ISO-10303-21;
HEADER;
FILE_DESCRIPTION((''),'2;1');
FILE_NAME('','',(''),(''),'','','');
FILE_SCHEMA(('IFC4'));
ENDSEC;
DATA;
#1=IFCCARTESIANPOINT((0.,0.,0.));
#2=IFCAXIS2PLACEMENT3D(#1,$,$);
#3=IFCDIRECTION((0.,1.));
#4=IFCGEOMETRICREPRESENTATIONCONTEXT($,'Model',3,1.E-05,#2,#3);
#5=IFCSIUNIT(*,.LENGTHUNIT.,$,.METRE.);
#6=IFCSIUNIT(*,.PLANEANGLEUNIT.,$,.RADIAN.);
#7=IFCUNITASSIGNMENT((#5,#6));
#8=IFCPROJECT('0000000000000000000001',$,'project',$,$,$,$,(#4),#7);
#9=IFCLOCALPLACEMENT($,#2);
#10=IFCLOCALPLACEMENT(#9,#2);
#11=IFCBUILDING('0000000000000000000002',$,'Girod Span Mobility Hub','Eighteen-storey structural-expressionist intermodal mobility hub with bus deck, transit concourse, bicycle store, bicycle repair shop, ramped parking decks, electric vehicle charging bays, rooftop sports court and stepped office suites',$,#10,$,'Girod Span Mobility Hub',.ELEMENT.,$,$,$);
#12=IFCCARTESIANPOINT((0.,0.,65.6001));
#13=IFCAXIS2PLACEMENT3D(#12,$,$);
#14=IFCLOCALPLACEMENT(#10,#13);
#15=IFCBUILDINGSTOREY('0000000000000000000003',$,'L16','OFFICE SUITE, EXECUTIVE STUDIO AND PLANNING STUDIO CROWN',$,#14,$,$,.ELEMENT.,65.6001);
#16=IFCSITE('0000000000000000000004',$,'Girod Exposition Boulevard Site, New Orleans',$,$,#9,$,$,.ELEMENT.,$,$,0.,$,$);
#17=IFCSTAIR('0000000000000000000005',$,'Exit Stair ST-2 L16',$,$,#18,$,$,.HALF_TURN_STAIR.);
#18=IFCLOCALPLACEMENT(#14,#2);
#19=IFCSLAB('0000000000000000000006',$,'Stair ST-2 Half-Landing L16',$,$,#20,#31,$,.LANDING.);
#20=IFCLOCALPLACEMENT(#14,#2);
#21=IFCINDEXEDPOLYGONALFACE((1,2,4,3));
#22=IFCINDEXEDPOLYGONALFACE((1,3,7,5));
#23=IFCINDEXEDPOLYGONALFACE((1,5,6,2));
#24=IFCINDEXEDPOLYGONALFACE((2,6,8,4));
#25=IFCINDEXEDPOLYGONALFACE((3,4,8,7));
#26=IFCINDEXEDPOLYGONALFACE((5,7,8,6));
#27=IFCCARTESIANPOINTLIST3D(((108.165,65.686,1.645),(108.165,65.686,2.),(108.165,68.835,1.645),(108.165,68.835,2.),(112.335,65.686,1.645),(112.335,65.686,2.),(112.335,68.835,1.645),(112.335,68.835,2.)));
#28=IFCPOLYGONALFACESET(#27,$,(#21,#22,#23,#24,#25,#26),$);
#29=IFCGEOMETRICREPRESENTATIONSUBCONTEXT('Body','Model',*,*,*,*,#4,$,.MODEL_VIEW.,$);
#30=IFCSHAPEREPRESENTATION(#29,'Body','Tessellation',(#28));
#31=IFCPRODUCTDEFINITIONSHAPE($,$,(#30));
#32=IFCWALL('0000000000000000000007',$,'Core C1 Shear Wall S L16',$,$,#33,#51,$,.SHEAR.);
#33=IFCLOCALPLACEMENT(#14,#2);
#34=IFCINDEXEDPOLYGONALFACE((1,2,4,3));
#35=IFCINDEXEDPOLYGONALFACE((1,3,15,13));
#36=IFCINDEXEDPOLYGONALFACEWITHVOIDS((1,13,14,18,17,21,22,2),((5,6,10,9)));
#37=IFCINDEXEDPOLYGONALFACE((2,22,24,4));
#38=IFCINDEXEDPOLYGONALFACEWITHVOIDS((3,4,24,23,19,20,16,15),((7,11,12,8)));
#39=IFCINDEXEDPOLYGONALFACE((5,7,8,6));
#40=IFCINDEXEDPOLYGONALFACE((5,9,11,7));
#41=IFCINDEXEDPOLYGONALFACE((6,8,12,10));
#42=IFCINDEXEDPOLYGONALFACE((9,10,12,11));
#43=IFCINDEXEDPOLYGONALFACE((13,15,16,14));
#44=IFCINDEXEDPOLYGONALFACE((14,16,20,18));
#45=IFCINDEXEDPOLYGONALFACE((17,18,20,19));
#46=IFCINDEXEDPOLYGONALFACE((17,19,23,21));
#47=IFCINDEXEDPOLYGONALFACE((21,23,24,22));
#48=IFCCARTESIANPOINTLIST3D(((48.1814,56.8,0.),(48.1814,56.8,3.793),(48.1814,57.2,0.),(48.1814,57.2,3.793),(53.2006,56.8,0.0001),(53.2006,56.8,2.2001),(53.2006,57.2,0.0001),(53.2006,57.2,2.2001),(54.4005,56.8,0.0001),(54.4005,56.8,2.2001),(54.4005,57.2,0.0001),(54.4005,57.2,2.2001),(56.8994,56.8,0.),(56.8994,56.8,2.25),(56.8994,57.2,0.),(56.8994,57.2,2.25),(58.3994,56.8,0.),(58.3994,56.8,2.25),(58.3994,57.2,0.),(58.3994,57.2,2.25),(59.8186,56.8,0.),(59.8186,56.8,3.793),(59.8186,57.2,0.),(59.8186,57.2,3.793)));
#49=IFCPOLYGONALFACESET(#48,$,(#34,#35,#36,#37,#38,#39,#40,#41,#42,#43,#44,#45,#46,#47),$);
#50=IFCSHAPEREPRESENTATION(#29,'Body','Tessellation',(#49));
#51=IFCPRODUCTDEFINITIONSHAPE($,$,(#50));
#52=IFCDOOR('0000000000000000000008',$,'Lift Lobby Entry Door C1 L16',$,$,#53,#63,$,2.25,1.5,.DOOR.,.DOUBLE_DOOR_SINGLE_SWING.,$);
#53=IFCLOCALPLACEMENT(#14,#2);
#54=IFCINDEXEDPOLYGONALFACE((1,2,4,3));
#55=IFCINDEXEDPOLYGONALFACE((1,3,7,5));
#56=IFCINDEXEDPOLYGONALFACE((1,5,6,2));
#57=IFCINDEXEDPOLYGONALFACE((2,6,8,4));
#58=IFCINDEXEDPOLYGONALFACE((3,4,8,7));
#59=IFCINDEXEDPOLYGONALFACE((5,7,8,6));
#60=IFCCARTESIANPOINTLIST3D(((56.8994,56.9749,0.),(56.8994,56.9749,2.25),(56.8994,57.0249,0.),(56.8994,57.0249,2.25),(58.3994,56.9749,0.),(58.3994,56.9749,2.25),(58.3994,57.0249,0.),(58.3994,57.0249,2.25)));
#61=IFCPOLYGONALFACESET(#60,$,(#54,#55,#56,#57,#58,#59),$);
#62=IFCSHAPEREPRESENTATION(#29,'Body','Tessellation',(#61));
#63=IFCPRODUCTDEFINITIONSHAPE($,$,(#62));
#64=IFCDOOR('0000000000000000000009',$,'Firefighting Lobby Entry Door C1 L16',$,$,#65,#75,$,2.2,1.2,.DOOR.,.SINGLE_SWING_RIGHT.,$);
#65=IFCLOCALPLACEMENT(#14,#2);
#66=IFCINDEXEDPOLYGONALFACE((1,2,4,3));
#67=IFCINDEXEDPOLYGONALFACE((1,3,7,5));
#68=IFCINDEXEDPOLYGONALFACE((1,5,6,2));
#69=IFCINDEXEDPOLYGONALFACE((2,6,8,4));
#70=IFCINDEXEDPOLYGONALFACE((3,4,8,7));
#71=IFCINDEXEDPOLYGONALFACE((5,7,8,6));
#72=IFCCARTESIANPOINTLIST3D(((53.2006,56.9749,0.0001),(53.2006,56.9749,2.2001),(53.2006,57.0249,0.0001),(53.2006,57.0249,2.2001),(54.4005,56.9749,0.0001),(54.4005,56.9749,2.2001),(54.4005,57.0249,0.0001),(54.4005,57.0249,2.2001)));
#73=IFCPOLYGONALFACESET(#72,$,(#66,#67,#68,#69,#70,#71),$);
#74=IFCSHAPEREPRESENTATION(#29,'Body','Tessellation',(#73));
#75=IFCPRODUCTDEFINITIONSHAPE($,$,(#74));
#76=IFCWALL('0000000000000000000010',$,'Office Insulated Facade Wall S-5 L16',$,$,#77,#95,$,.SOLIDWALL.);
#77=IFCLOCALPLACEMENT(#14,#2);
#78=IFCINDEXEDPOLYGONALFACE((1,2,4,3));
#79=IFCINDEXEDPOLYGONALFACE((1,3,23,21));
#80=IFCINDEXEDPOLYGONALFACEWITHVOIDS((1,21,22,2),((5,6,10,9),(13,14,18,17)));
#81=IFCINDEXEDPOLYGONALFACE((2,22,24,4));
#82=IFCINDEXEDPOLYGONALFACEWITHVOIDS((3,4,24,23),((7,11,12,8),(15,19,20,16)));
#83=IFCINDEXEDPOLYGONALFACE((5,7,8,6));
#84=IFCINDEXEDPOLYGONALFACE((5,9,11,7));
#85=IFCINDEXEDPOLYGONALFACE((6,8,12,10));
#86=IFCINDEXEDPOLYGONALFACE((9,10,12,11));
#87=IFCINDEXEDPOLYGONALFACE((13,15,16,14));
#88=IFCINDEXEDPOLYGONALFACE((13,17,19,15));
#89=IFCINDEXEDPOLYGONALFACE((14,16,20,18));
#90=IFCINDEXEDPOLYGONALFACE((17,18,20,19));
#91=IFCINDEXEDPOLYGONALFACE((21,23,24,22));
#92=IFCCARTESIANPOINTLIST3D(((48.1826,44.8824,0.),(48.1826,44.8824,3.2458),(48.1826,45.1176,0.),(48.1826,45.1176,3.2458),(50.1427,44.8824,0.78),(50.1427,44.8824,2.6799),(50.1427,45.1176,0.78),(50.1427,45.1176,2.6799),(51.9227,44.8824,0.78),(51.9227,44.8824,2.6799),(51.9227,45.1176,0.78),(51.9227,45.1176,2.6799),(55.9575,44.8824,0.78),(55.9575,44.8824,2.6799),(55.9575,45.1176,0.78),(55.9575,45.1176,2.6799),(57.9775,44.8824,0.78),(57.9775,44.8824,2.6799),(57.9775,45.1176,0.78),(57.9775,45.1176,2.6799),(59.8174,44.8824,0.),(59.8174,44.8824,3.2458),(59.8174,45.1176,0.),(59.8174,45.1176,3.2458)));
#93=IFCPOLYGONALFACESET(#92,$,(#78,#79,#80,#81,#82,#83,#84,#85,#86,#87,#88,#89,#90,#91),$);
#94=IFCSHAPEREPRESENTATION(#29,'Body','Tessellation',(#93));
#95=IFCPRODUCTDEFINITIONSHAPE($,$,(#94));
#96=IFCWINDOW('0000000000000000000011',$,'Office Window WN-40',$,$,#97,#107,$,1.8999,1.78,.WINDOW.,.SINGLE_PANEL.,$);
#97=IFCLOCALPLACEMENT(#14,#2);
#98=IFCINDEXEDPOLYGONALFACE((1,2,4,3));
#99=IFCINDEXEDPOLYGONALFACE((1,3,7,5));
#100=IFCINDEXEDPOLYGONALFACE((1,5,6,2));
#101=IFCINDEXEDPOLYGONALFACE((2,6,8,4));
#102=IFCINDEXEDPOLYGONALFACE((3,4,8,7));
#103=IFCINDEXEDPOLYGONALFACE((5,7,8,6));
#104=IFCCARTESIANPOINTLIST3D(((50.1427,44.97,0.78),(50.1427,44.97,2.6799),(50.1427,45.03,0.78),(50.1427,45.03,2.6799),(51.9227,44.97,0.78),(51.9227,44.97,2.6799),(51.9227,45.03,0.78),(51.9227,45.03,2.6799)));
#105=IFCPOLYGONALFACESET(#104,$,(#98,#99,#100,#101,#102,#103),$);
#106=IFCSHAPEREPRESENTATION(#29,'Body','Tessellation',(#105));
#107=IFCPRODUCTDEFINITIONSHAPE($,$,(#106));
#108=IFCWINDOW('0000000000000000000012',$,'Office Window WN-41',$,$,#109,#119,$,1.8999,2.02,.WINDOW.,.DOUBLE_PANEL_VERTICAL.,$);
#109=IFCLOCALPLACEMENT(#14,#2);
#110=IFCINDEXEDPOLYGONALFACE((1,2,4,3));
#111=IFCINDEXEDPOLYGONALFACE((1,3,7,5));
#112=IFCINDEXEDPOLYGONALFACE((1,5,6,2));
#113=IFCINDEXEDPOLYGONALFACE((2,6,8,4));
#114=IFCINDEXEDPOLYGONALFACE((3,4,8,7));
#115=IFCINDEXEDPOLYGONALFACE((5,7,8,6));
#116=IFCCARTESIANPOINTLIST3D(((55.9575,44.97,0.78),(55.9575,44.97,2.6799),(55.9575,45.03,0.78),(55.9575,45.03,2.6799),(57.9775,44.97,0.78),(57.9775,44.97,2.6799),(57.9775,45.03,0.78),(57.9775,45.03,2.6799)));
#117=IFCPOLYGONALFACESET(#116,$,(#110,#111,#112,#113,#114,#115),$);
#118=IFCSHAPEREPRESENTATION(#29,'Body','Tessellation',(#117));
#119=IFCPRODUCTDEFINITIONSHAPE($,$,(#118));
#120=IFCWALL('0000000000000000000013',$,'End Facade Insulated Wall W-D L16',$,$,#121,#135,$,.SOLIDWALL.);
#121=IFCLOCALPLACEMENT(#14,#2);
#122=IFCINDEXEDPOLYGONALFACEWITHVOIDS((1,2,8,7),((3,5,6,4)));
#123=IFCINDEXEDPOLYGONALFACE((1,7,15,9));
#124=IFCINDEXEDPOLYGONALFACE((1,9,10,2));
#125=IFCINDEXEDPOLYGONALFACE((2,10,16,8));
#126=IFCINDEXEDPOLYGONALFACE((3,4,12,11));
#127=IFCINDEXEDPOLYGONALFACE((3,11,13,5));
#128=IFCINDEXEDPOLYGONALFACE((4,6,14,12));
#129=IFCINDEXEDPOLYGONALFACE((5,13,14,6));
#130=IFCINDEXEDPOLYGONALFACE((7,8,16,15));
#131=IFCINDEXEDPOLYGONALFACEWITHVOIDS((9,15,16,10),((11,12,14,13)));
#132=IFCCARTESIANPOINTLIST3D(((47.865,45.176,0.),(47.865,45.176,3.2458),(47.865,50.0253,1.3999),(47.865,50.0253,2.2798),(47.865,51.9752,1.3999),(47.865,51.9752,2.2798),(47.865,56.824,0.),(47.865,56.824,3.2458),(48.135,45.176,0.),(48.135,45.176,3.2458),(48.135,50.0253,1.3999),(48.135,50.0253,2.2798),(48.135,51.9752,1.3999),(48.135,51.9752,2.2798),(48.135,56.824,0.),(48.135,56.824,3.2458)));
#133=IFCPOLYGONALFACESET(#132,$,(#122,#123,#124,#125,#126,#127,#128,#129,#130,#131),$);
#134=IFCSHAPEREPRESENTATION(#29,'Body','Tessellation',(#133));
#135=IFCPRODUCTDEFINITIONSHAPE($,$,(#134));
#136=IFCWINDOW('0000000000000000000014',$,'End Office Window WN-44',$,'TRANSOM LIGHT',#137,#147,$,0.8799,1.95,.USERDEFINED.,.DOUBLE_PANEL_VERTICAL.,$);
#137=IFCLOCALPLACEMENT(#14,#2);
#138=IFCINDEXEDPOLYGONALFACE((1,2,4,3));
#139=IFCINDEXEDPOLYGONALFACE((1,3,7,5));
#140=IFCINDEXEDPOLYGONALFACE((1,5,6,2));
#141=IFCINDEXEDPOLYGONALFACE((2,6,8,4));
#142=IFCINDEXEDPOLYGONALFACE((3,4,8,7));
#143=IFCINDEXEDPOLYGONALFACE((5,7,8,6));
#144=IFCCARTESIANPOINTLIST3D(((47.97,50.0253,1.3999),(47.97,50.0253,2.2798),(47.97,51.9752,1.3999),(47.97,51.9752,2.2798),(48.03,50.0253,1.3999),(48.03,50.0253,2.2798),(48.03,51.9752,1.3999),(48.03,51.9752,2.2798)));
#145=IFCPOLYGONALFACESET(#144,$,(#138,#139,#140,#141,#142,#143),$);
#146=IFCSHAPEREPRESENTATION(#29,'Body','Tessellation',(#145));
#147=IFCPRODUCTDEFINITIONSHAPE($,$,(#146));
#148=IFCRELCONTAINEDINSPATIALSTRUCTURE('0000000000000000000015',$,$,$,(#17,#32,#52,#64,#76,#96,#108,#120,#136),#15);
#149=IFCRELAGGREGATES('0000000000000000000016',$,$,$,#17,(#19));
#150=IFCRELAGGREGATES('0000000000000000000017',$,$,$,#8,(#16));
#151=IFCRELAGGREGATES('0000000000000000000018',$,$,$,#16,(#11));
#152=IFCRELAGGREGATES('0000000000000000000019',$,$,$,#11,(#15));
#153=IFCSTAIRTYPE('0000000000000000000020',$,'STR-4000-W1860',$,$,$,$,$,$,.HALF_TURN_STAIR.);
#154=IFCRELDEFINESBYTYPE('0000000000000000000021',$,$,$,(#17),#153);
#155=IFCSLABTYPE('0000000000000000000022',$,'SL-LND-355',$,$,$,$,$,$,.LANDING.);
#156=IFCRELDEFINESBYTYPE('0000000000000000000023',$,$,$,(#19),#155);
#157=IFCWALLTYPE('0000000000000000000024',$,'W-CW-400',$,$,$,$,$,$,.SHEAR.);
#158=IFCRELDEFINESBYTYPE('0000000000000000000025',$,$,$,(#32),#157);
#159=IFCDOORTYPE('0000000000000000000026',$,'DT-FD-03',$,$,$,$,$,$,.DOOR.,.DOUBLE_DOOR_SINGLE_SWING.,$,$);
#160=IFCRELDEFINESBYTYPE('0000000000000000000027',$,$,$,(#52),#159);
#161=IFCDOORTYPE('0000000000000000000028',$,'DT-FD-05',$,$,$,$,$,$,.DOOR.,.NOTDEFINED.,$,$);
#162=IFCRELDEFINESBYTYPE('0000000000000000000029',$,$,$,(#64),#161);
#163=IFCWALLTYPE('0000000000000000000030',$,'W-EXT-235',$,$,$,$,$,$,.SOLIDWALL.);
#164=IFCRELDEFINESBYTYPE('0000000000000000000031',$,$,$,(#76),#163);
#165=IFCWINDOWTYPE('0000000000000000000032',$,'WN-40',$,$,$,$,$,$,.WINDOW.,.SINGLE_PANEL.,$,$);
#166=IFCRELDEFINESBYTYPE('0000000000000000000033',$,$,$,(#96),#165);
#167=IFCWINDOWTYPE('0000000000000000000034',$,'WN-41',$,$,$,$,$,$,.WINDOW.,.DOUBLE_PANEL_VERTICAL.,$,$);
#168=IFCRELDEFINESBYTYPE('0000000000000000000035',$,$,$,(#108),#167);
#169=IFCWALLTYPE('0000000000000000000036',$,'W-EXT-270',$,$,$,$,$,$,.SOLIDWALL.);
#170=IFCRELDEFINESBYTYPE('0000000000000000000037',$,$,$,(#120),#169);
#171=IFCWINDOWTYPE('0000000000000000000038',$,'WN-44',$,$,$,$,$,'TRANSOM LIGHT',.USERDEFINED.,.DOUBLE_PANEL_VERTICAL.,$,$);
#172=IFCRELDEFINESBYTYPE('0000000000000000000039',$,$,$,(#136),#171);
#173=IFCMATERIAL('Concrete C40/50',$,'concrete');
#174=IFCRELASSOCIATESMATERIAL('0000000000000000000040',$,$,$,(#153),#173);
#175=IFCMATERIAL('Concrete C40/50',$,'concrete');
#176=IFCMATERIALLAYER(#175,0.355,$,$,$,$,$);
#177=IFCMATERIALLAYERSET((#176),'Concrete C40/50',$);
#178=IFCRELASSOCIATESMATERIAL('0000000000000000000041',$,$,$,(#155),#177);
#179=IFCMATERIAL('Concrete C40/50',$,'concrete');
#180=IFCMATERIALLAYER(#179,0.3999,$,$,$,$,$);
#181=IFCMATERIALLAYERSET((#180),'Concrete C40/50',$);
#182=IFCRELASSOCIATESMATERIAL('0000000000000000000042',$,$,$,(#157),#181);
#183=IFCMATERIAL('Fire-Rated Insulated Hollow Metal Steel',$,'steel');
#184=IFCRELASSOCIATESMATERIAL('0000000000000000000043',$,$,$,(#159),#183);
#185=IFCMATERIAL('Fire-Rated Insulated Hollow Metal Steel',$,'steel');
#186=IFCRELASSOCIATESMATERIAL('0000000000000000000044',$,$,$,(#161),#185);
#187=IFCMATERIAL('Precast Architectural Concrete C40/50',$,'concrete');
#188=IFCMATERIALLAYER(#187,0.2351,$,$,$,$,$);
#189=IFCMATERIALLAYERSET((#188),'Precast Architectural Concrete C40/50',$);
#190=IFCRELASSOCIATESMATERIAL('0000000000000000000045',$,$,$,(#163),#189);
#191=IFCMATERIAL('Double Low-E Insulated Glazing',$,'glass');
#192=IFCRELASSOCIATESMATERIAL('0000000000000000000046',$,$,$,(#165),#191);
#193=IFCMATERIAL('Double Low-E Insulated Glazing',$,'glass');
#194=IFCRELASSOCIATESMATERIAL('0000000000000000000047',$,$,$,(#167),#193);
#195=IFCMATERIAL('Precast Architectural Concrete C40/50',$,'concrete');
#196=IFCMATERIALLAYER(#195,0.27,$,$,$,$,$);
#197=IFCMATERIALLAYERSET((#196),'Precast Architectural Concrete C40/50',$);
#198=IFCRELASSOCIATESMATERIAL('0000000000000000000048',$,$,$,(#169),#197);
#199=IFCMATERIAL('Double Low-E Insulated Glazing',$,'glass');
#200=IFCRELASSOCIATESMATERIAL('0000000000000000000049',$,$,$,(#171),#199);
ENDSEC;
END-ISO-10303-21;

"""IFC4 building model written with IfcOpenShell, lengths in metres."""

from ifc_helpers import new_model, si_unit, direction, frame, frame_2d, origin, place, context, subcontext, project, spatial, polyline, rectangle, outline, extrude, material, layer, layer_set, type_object, element, fill, aggregate, save


model = new_model("IFC4")

# Units and contexts
model_context = context("Model", 3, precision=1e-05, world=origin(), true_north=direction((0.0, 1.0)))
body_context = subcontext(model_context, "Body", "Model", "MODEL_VIEW")
ifc_project = project(units=[si_unit("LENGTHUNIT", "METRE"), si_unit("PLANEANGLEUNIT", "RADIAN")], contexts=[model_context])

# Site, building, storey
site_placement = place(None, origin())
site = spatial("IfcSite", under=ifc_project, at=site_placement, Name="Girod Exposition Boulevard Site, New Orleans", CompositionType="ELEMENT", RefElevation=0.0)
building_placement = place(site_placement, origin())
building = spatial("IfcBuilding", under=site, at=building_placement, Name="Girod Span Mobility Hub", Description="Eighteen-storey structural-expressionist intermodal mobility hub with bus deck, transit concourse, bicycle store, bicycle repair shop, ramped parking decks, electric vehicle charging bays, rooftop sports court and stepped office suites", LongName="Girod Span Mobility Hub", CompositionType="ELEMENT")
storey_placement = place(building_placement, frame((0.0, 0.0, 65.6001)))
storey = spatial("IfcBuildingStorey", under=building, at=storey_placement, Name="L16", Description="OFFICE SUITE, EXECUTIVE STUDIO AND PLANNING STUDIO CROWN", CompositionType="ELEMENT", Elevation=65.6001)

# Stair, slab
ifc_material_1 = material(Name="Concrete C40/50", Category="concrete")
stair_type = type_object("IfcStairType", Name="STR-4000-W1860", PredefinedType="HALF_TURN_STAIR", material=ifc_material_1)
ifc_material_2 = material(Name="Concrete C40/50", Category="concrete")
ifc_layer_1 = layer(ifc_material_2, 0.355)
ifc_layer_set_1 = layer_set([ifc_layer_1], Name="Concrete C40/50")
slab_type_1 = type_object("IfcSlabType", Name="SL-LND-355", PredefinedType="LANDING", material=ifc_layer_set_1)
stair_1_placement = place(storey_placement, origin())
stair_1 = element("IfcStair", 1, at=stair_1_placement, inside=storey, type_object=stair_type, Name="Exit Stair ST-2 L16", PredefinedType="HALF_TURN_STAIR")
slab_1_placement = place(storey_placement, frame((0.0, 0.0, 1.645)))
slab_1 = element("IfcSlab", 2, at=slab_1_placement, type_object=slab_type_1, Name="Stair ST-2 Half-Landing L16", PredefinedType="LANDING", context=body_context, shape_type="SweptSolid", body=[
    extrude(outline(polyline([(112.335, 65.686), (112.335, 68.835), (108.165, 68.835), (108.165, 65.686), (112.335, 65.686)])), origin(), (0.0, 0.0, 1.0), 0.355),
])
aggregate(stair_1, [slab_1])

# Wall, openings, doors
ifc_material_3 = material(Name="Concrete C40/50", Category="concrete")
ifc_layer_2 = layer(ifc_material_3, 0.3999)
ifc_layer_set_2 = layer_set([ifc_layer_2], Name="Concrete C40/50")
wall_type_1 = type_object("IfcWallType", Name="W-CW-400", PredefinedType="SHEAR", material=ifc_layer_set_2)
wall_1_placement = place(storey_placement, frame((48.1814, 57.0, 0.0), z_axis=(0.0, 0.0, 1.0), x_axis=(1.0, 0.0, 0.0)))
wall_1 = element("IfcWall", 3, at=wall_1_placement, inside=storey, type_object=wall_type_1, Name="Core C1 Shear Wall S L16", PredefinedType="SHEAR", context=body_context, shape_type="SweptSolid", body=[
    extrude(rectangle(XDim=11.6372, YDim=0.3999, at=frame_2d((5.8186, 0.0))), origin(), (0.0, 0.0, 1.0), 3.793),
])
opening_1_placement = place(wall_1_placement, frame((5.019, 0.0, 0.0)))
opening_1 = element("IfcOpeningElement", 4, at=opening_1_placement, cuts=wall_1, PredefinedType="OPENING", context=body_context, shape_type="SweptSolid", body=[
    extrude(rectangle(XDim=1.2, YDim=2.2, at=frame_2d((0.6001, 1.1001))), frame((0.0, 0.2148, 0.0), z_axis=(0.0, -1.0, 0.0), x_axis=(1.0, 0.0, 0.0)), (0.0, 0.0, 1.0), 0.4299),
])
opening_2_placement = place(wall_1_placement, frame((8.718, 0.0, 0.0)))
opening_2 = element("IfcOpeningElement", 5, at=opening_2_placement, cuts=wall_1, PredefinedType="OPENING", context=body_context, shape_type="SweptSolid", body=[
    extrude(rectangle(XDim=1.5, YDim=2.25, at=frame_2d((0.75, 1.125))), frame((0.0, 0.2148, 0.0), z_axis=(0.0, -1.0, 0.0), x_axis=(1.0, 0.0, 0.0)), (0.0, 0.0, 1.0), 0.4299),
])
ifc_material_4 = material(Name="Fire-Rated Insulated Hollow Metal Steel", Category="steel")
door_type_1 = type_object("IfcDoorType", Name="DT-FD-03", OperationType="DOUBLE_DOOR_SINGLE_SWING", PredefinedType="DOOR", material=ifc_material_4)
door_1_placement = place(opening_2_placement, origin())
door_1 = element("IfcDoor", 6, at=door_1_placement, inside=storey, type_object=door_type_1, Name="Lift Lobby Entry Door C1 L16", OperationType="DOUBLE_DOOR_SINGLE_SWING", OverallHeight=2.25, OverallWidth=1.5, PredefinedType="DOOR", context=body_context, shape_type="SweptSolid", body=[
    extrude(rectangle(XDim=1.5, YDim=2.25, at=frame_2d((0.75, 1.125))), frame((0.0, 0.0249, 0.0), z_axis=(0.0, -1.0, 0.0), x_axis=(1.0, 0.0, 0.0)), (0.0, 0.0, 1.0), 0.05),
])
fill(opening_2, door_1)
ifc_material_5 = material(Name="Fire-Rated Insulated Hollow Metal Steel", Category="steel")
door_type_2 = type_object("IfcDoorType", Name="DT-FD-05", OperationType="NOTDEFINED", PredefinedType="DOOR", material=ifc_material_5)
door_2_placement = place(opening_1_placement, origin())
door_2 = element("IfcDoor", 7, at=door_2_placement, inside=storey, type_object=door_type_2, Name="Firefighting Lobby Entry Door C1 L16", OperationType="SINGLE_SWING_RIGHT", OverallHeight=2.2, OverallWidth=1.2, PredefinedType="DOOR", context=body_context, shape_type="SweptSolid", body=[
    extrude(rectangle(XDim=1.2, YDim=2.2, at=frame_2d((0.6001, 1.1001))), frame((0.0, 0.0249, 0.0), z_axis=(0.0, -1.0, 0.0), x_axis=(1.0, 0.0, 0.0)), (0.0, 0.0, 1.0), 0.05),
])
fill(opening_1, door_2)

# Wall, openings, windows
ifc_material_6 = material(Name="Precast Architectural Concrete C40/50", Category="concrete")
ifc_layer_3 = layer(ifc_material_6, 0.2351)
ifc_layer_set_3 = layer_set([ifc_layer_3], Name="Precast Architectural Concrete C40/50")
wall_type_2 = type_object("IfcWallType", Name="W-EXT-235", PredefinedType="SOLIDWALL", material=ifc_layer_set_3)
wall_2_placement = place(storey_placement, frame((48.1826, 45.0, 0.0), z_axis=(0.0, 0.0, 1.0), x_axis=(1.0, 0.0, 0.0)))
wall_2 = element("IfcWall", 8, at=wall_2_placement, inside=storey, type_object=wall_type_2, Name="Office Insulated Facade Wall S-5 L16", PredefinedType="SOLIDWALL", context=body_context, shape_type="SweptSolid", body=[
    extrude(rectangle(XDim=11.6348, YDim=0.2351, at=frame_2d((5.8174, 0.0))), origin(), (0.0, 0.0, 1.0), 3.2458),
])
opening_3_placement = place(wall_2_placement, frame((1.96, 0.0, 0.78)))
opening_3 = element("IfcOpeningElement", 9, at=opening_3_placement, cuts=wall_2, PredefinedType="OPENING", context=body_context, shape_type="SweptSolid", body=[
    extrude(rectangle(XDim=1.78, YDim=1.8999, at=frame_2d((0.8901, 0.95))), frame((0.0, 0.1326, 0.0), z_axis=(0.0, -1.0, 0.0), x_axis=(1.0, 0.0, 0.0)), (0.0, 0.0, 1.0), 0.2651),
])
opening_4_placement = place(wall_2_placement, frame((7.7749, 0.0, 0.78)))
opening_4 = element("IfcOpeningElement", 10, at=opening_4_placement, cuts=wall_2, PredefinedType="OPENING", context=body_context, shape_type="SweptSolid", body=[
    extrude(rectangle(XDim=2.02, YDim=1.8999, at=frame_2d((1.01, 0.95))), frame((0.0, 0.1326, 0.0), z_axis=(0.0, -1.0, 0.0), x_axis=(1.0, 0.0, 0.0)), (0.0, 0.0, 1.0), 0.2651),
])
ifc_material_7 = material(Name="Double Low-E Insulated Glazing", Category="glass")
window_type_1 = type_object("IfcWindowType", Name="WN-40", PartitioningType="SINGLE_PANEL", PredefinedType="WINDOW", material=ifc_material_7)
window_1_placement = place(opening_3_placement, origin())
window_1 = element("IfcWindow", 11, at=window_1_placement, inside=storey, type_object=window_type_1, Name="Office Window WN-40", OverallHeight=1.8999, OverallWidth=1.78, PartitioningType="SINGLE_PANEL", PredefinedType="WINDOW", context=body_context, shape_type="SweptSolid", body=[
    extrude(rectangle(XDim=1.78, YDim=1.8999, at=frame_2d((0.8901, 0.95))), frame((0.0, 0.03, 0.0), z_axis=(0.0, -1.0, 0.0), x_axis=(1.0, 0.0, 0.0)), (0.0, 0.0, 1.0), 0.0601),
])
fill(opening_3, window_1)
ifc_material_8 = material(Name="Double Low-E Insulated Glazing", Category="glass")
window_type_2 = type_object("IfcWindowType", Name="WN-41", PartitioningType="DOUBLE_PANEL_VERTICAL", PredefinedType="WINDOW", material=ifc_material_8)
window_2_placement = place(opening_4_placement, origin())
window_2 = element("IfcWindow", 12, at=window_2_placement, inside=storey, type_object=window_type_2, Name="Office Window WN-41", OverallHeight=1.8999, OverallWidth=2.02, PartitioningType="DOUBLE_PANEL_VERTICAL", PredefinedType="WINDOW", context=body_context, shape_type="SweptSolid", body=[
    extrude(rectangle(XDim=2.02, YDim=1.8999, at=frame_2d((1.01, 0.95))), frame((0.0, 0.03, 0.0), z_axis=(0.0, -1.0, 0.0), x_axis=(1.0, 0.0, 0.0)), (0.0, 0.0, 1.0), 0.0601),
])
fill(opening_4, window_2)

# Wall, opening, window
ifc_material_9 = material(Name="Precast Architectural Concrete C40/50", Category="concrete")
ifc_layer_4 = layer(ifc_material_9, 0.27)
ifc_layer_set_4 = layer_set([ifc_layer_4], Name="Precast Architectural Concrete C40/50")
wall_type_3 = type_object("IfcWallType", Name="W-EXT-270", PredefinedType="SOLIDWALL", material=ifc_layer_set_4)
wall_3_placement = place(storey_placement, frame((48.0, 45.176, 0.0), z_axis=(0.0, 0.0, 1.0), x_axis=(0.0, 1.0, 0.0)))
wall_3 = element("IfcWall", 13, at=wall_3_placement, inside=storey, type_object=wall_type_3, Name="End Facade Insulated Wall W-D L16", PredefinedType="SOLIDWALL", context=body_context, shape_type="SweptSolid", body=[
    extrude(rectangle(XDim=11.6479, YDim=0.27, at=frame_2d((5.824, 0.0))), origin(), (0.0, 0.0, 1.0), 3.2458),
])
opening_5_placement = place(wall_3_placement, frame((4.8491, 0.0, 1.3999)))
opening_5 = element("IfcOpeningElement", 14, at=opening_5_placement, cuts=wall_3, PredefinedType="OPENING", context=body_context, shape_type="SweptSolid", body=[
    extrude(rectangle(XDim=1.95, YDim=0.8799, at=frame_2d((0.9751, 0.4399))), frame((0.0, 0.1499, 0.0), z_axis=(0.0, -1.0, 0.0), x_axis=(1.0, 0.0, 0.0)), (0.0, 0.0, 1.0), 0.3),
])
ifc_material_10 = material(Name="Double Low-E Insulated Glazing", Category="glass")
window_type_3 = type_object("IfcWindowType", Name="WN-44", ElementType="TRANSOM LIGHT", PartitioningType="DOUBLE_PANEL_VERTICAL", PredefinedType="USERDEFINED", material=ifc_material_10)
window_3_placement = place(opening_5_placement, origin())
window_3 = element("IfcWindow", 15, at=window_3_placement, inside=storey, type_object=window_type_3, Name="End Office Window WN-44", ObjectType="TRANSOM LIGHT", OverallHeight=0.8799, OverallWidth=1.95, PartitioningType="DOUBLE_PANEL_VERTICAL", PredefinedType="USERDEFINED", context=body_context, shape_type="SweptSolid", body=[
    extrude(rectangle(XDim=1.95, YDim=0.8799, at=frame_2d((0.9751, 0.4399))), frame((0.0, 0.03, 0.0), z_axis=(0.0, -1.0, 0.0), x_axis=(1.0, 0.0, 0.0)), (0.0, 0.0, 1.0), 0.0601),
])
fill(opening_5, window_3)

save(model, "model.ifc")
